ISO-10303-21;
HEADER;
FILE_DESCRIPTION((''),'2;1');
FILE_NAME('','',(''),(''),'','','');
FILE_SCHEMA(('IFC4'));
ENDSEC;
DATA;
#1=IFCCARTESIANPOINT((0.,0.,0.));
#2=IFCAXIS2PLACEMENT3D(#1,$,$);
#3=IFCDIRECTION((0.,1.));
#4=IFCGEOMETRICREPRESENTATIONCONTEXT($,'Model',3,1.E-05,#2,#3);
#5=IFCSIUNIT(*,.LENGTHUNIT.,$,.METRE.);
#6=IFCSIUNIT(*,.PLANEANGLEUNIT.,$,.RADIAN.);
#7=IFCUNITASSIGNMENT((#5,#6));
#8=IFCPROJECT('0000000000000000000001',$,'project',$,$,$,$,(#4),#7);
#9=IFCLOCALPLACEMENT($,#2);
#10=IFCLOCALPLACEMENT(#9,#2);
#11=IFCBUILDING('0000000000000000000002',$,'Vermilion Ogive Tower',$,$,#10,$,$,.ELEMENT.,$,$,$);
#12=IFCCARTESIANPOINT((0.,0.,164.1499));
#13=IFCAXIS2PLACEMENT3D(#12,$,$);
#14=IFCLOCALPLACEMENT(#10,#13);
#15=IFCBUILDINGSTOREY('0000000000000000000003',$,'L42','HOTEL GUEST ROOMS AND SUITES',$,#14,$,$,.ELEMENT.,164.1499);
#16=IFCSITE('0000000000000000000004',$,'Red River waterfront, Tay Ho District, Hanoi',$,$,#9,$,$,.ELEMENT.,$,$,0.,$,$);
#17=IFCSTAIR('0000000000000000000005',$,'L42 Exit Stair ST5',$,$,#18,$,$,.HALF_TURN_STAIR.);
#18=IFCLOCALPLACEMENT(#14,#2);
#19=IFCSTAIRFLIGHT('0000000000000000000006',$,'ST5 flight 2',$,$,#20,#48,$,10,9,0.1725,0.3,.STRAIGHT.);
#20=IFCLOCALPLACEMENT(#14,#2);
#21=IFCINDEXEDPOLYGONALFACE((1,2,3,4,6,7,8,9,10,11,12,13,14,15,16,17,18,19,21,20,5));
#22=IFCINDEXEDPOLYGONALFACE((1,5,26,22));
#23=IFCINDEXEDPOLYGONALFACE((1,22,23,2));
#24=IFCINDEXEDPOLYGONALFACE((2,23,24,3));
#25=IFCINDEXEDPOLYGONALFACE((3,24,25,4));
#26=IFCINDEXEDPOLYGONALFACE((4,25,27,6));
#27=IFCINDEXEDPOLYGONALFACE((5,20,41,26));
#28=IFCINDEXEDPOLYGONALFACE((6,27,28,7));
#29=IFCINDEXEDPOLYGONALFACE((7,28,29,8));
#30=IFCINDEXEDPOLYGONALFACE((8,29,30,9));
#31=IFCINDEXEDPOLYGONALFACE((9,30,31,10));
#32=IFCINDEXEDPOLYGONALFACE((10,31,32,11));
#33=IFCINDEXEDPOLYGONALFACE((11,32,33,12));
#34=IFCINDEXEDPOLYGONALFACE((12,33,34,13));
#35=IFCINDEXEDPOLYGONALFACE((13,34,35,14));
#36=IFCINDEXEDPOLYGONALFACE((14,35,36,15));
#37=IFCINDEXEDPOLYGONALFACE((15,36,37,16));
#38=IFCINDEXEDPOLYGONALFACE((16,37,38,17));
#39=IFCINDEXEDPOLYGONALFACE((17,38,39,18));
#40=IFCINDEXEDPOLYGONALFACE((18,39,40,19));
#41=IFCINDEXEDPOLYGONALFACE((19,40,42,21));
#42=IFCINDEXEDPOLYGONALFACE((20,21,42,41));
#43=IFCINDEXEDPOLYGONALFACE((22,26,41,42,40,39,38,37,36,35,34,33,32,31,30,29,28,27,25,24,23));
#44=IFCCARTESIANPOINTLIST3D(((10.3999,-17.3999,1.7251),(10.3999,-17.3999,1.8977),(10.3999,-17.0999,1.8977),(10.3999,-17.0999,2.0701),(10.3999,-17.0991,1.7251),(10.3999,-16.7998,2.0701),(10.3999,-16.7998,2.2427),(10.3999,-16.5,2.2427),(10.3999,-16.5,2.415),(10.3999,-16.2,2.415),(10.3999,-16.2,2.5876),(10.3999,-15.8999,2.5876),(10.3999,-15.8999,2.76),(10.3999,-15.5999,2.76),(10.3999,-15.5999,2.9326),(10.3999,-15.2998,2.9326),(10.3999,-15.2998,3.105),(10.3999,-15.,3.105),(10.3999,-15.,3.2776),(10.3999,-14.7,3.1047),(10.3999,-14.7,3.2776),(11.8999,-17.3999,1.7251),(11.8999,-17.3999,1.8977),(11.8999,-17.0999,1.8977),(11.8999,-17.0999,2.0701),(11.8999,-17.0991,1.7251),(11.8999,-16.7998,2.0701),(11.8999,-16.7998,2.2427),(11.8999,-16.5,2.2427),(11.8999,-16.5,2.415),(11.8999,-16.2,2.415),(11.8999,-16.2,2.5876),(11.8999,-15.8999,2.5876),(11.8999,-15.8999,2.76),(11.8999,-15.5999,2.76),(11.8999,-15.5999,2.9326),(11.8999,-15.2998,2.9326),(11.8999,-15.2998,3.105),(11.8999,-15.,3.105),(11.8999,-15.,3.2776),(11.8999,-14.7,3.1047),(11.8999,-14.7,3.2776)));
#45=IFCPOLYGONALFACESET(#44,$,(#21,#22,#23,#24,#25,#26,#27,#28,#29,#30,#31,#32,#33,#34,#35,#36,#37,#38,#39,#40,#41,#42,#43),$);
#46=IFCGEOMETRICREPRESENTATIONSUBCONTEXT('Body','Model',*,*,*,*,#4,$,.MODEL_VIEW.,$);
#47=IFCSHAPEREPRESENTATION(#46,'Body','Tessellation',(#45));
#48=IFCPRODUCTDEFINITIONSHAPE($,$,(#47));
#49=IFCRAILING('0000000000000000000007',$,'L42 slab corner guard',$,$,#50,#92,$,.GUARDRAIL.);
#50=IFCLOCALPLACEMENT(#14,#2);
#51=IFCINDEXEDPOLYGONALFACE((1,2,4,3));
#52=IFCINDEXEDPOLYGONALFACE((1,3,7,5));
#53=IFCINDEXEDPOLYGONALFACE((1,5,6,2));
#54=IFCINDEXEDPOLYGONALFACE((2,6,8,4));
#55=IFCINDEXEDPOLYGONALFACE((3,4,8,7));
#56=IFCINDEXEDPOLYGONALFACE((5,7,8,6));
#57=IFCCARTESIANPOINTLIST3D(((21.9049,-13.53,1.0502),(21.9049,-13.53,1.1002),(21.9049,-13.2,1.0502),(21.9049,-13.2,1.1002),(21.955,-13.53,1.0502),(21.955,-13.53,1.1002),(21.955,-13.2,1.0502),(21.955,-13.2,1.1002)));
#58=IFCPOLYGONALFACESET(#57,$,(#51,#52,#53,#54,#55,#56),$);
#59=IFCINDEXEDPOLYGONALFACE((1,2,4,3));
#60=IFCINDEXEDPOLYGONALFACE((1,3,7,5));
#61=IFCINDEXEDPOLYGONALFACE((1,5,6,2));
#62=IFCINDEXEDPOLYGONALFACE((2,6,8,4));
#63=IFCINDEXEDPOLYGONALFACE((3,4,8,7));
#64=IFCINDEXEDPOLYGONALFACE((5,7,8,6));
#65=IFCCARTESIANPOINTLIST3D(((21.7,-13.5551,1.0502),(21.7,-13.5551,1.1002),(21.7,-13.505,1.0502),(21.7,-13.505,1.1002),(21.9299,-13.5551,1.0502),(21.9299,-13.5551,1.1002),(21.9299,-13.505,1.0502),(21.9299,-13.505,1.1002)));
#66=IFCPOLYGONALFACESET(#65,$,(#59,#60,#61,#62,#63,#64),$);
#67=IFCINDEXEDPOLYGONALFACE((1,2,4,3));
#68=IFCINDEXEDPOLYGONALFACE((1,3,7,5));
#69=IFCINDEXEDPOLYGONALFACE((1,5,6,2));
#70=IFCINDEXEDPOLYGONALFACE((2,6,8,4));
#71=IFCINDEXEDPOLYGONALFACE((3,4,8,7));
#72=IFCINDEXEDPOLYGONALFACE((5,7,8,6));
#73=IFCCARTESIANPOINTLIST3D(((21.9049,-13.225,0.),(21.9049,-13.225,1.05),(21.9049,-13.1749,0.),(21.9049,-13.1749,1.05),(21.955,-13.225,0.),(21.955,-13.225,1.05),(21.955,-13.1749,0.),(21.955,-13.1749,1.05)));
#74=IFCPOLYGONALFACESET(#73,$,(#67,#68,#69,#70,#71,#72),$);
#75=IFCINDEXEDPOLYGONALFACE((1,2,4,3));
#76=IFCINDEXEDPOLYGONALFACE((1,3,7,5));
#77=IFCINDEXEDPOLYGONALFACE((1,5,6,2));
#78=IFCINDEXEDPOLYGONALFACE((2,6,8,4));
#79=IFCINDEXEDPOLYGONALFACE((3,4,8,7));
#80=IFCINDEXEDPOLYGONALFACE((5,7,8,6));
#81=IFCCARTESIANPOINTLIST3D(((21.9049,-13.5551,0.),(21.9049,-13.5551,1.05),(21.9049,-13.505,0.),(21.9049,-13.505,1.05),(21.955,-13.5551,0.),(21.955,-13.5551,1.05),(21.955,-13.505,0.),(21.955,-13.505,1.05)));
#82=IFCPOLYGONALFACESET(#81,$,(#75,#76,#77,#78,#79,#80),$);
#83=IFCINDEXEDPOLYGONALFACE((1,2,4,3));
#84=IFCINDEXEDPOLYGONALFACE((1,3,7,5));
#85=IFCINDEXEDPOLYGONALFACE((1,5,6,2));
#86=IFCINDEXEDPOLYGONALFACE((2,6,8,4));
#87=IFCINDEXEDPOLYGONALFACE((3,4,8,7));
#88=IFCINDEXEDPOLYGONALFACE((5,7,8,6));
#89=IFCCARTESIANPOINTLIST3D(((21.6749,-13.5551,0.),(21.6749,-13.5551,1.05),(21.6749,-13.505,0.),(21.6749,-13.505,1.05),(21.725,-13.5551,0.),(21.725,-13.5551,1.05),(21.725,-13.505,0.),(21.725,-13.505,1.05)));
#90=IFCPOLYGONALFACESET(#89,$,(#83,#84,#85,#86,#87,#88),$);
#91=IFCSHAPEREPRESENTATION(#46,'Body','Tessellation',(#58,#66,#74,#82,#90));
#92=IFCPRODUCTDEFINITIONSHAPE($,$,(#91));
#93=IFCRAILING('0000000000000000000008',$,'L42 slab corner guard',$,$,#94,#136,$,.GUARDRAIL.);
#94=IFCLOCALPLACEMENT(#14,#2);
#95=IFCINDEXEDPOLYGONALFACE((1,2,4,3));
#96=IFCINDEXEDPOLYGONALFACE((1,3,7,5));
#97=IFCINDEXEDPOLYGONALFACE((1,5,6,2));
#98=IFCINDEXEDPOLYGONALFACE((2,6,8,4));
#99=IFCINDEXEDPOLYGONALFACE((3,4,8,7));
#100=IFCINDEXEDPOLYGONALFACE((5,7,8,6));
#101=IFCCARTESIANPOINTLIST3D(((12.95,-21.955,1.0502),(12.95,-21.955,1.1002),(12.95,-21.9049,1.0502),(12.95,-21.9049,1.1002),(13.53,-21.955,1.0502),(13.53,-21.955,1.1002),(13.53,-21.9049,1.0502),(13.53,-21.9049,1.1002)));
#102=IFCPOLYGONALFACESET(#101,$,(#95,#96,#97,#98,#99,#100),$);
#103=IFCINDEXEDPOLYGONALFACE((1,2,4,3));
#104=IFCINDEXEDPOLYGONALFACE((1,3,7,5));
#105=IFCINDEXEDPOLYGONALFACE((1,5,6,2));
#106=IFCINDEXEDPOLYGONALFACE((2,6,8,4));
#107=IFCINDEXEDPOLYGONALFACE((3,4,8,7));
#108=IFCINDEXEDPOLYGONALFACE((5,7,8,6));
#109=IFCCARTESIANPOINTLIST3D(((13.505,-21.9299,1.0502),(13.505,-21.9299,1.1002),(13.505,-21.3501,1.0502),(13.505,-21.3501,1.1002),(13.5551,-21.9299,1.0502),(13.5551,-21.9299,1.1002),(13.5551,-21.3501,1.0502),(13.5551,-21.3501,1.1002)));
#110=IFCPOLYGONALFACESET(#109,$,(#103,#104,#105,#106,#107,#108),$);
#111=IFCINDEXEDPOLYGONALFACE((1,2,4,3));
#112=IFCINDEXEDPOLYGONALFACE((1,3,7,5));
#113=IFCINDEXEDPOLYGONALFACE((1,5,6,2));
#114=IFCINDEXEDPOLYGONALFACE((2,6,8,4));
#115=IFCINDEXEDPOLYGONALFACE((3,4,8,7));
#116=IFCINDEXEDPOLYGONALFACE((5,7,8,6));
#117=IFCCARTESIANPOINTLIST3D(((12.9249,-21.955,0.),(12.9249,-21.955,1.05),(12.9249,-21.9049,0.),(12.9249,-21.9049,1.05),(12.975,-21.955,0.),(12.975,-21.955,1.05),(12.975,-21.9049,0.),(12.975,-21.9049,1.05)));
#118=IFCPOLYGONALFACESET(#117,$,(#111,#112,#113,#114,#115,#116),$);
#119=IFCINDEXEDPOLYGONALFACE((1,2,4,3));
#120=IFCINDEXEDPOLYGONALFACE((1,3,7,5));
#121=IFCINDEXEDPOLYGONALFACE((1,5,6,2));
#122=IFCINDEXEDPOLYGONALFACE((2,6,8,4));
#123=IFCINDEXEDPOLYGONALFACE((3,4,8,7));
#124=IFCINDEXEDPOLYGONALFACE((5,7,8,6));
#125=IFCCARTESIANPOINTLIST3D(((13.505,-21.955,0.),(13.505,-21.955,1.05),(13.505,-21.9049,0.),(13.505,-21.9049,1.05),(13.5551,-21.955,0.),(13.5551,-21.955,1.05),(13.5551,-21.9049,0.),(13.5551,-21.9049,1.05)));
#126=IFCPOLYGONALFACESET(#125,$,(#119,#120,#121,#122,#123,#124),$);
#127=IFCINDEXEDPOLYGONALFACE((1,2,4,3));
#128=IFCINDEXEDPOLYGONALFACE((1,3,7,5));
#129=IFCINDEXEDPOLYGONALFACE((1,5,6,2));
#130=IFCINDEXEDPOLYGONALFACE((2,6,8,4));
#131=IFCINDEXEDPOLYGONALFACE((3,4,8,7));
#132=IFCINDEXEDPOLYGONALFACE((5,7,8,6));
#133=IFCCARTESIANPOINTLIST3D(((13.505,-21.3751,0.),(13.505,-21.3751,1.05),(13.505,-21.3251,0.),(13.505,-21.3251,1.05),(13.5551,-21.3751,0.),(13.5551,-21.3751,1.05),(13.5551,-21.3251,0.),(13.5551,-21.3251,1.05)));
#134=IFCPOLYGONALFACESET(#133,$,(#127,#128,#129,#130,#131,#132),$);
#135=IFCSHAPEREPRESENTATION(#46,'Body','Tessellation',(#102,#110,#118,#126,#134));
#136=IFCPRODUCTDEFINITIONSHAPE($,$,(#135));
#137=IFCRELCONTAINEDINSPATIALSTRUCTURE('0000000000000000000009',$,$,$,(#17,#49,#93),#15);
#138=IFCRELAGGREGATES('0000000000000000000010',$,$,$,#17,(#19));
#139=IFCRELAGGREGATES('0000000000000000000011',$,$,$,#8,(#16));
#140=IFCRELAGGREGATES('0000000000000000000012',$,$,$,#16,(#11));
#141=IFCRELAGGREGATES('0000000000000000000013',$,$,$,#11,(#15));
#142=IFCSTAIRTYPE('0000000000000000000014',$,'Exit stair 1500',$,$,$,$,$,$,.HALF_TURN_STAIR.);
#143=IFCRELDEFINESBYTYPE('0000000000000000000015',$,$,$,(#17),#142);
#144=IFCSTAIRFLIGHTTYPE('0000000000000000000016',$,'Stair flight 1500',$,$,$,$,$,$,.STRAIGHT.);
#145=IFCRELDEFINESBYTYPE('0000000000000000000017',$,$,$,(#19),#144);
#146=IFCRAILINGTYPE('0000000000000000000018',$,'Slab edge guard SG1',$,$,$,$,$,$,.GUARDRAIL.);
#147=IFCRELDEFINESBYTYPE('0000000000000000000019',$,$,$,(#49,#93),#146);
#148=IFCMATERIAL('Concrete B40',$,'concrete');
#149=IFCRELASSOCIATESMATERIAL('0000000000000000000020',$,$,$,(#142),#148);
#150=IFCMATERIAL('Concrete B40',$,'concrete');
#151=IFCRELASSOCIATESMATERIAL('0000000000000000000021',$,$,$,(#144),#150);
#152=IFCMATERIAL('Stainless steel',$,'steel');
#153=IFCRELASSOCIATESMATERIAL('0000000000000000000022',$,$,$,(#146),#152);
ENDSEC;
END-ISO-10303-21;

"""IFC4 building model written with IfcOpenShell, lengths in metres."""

from ifc_helpers import new_model, si_unit, direction, frame, origin, origin_2d, place, context, subcontext, project, spatial, polyline, rectangle, outline, extrude, material, type_object, element, aggregate, save


model = new_model("IFC4")

# Units and contexts
model_context = context("Model", 3, precision=1e-05, world=origin(), true_north=direction((0.0, 1.0)))
body_context = subcontext(model_context, "Body", "Model", "MODEL_VIEW")
ifc_project = project(units=[si_unit("LENGTHUNIT", "METRE"), si_unit("PLANEANGLEUNIT", "RADIAN")], contexts=[model_context])

# Site, building, storey
site_placement = place(None, origin())
site = spatial("IfcSite", under=ifc_project, at=site_placement, Name="Red River waterfront, Tay Ho District, Hanoi", CompositionType="ELEMENT", RefElevation=0.0)
building_placement = place(site_placement, origin())
building = spatial("IfcBuilding", under=site, at=building_placement, Name="Vermilion Ogive Tower", CompositionType="ELEMENT")
storey_placement = place(building_placement, frame((0.0, 0.0, 164.1499)))
storey = spatial("IfcBuildingStorey", under=building, at=storey_placement, Name="L42", Description="HOTEL GUEST ROOMS AND SUITES", CompositionType="ELEMENT", Elevation=164.1499)

# Stair, stair flight
ifc_material_1 = material(Name="Concrete B40", Category="concrete")
stair_type = type_object("IfcStairType", Name="Exit stair 1500", PredefinedType="HALF_TURN_STAIR", material=ifc_material_1)
stair_placement = place(storey_placement, origin())
stair = element("IfcStair", 1, at=stair_placement, inside=storey, type_object=stair_type, Name="L42 Exit Stair ST5", PredefinedType="HALF_TURN_STAIR")
ifc_material_2 = material(Name="Concrete B40", Category="concrete")
stair_flight_type = type_object("IfcStairFlightType", Name="Stair flight 1500", PredefinedType="STRAIGHT", material=ifc_material_2)
stair_flight_1_placement = place(storey_placement, frame((11.1499, -17.3999, 1.7251), z_axis=(0.0, 0.0, 1.0), x_axis=(0.0, 1.0, 0.0)))
stair_flight_1 = element("IfcStairFlight", 2, at=stair_flight_1_placement, type_object=stair_flight_type, Name="ST5 flight 2", NumberOfRisers=10, NumberOfTreads=9, PredefinedType="STRAIGHT", RiserHeight=0.1725, TreadLength=0.3, context=body_context, shape_type="SweptSolid", body=[
    extrude(outline(polyline([(0.0, 0.0), (0.0, 0.1726), (0.3, 0.1726), (0.3, 0.345), (0.6001, 0.345), (0.6001, 0.5176), (0.8999, 0.5176), (0.8999, 0.6899), (1.2, 0.6899), (1.2, 0.8625), (1.5, 0.8625), (1.5, 1.0349), (1.8, 1.0349), (1.8, 1.2075), (2.1001, 1.2075), (2.1001, 1.3799), (2.3999, 1.3799), (2.3999, 1.5525), (2.7, 1.5525), (2.7, 1.7251), (2.7, 1.3796), (0.3008, 0.0), (0.0, 0.0)])), frame((0.0, 0.75, 0.0), z_axis=(0.0, -1.0, 0.0), x_axis=(1.0, 0.0, 0.0)), (0.0, 0.0, 1.0), 1.5),
])
aggregate(stair, [stair_flight_1])

# Railings
ifc_material_3 = material(Name="Stainless steel", Category="steel")
railing_type_1 = type_object("IfcRailingType", Name="Slab edge guard SG1", PredefinedType="GUARDRAIL", material=ifc_material_3)
railing_1_placement = place(storey_placement, frame((21.9299, -13.2, 0.0)))
element("IfcRailing", 3, at=railing_1_placement, inside=storey, type_object=railing_type_1, Name="L42 slab corner guard", PredefinedType="GUARDRAIL", context=body_context, shape_type="SweptSolid", body=[
    extrude(rectangle(XDim=0.05, YDim=0.05, at=origin_2d()), frame((0.0, 0.0, 1.0752), z_axis=(0.0, -1.0, 0.0), x_axis=(1.0, 0.0, 0.0)), (0.0, 0.0, 1.0), 0.3301),
    extrude(rectangle(XDim=0.05, YDim=0.05, at=origin_2d()), frame((0.0, -0.3301, 1.0752), z_axis=(-1.0, 0.0, 0.0), x_axis=(0.0, -1.0, 0.0)), (0.0, 0.0, 1.0), 0.23),
    extrude(rectangle(XDim=0.05, YDim=0.05, at=origin_2d()), origin(), (0.0, 0.0, 1.0), 1.05),
    extrude(rectangle(XDim=0.05, YDim=0.05, at=origin_2d()), frame((0.0, -0.3301, 0.0)), (0.0, 0.0, 1.0), 1.05),
    extrude(rectangle(XDim=0.05, YDim=0.05, at=origin_2d()), frame((-0.23, -0.3301, 0.0)), (0.0, 0.0, 1.0), 1.05),
])
railing_2_placement = place(storey_placement, frame((12.95, -21.9299, 0.0)))
element("IfcRailing", 4, at=railing_2_placement, inside=storey, type_object=railing_type_1, Name="L42 slab corner guard", PredefinedType="GUARDRAIL", context=body_context, shape_type="SweptSolid", body=[
    extrude(rectangle(XDim=0.05, YDim=0.05, at=origin_2d()), frame((0.0, 0.0, 1.0752), z_axis=(1.0, 0.0, 0.0), x_axis=(0.0, 1.0, 0.0)), (0.0, 0.0, 1.0), 0.5801),
    extrude(rectangle(XDim=0.05, YDim=0.05, at=origin_2d()), frame((0.5801, 0.0, 1.0752), z_axis=(0.0, 1.0, 0.0), x_axis=(-1.0, 0.0, 0.0)), (0.0, 0.0, 1.0), 0.5798),
    extrude(rectangle(XDim=0.05, YDim=0.05, at=origin_2d()), origin(), (0.0, 0.0, 1.0), 1.05),
    extrude(rectangle(XDim=0.05, YDim=0.05, at=origin_2d()), frame((0.5801, 0.0, 0.0)), (0.0, 0.0, 1.0), 1.05),
    extrude(rectangle(XDim=0.05, YDim=0.05, at=origin_2d()), frame((0.5801, 0.5798, 0.0)), (0.0, 0.0, 1.0), 1.05),
])

save(model, "model.ifc")
